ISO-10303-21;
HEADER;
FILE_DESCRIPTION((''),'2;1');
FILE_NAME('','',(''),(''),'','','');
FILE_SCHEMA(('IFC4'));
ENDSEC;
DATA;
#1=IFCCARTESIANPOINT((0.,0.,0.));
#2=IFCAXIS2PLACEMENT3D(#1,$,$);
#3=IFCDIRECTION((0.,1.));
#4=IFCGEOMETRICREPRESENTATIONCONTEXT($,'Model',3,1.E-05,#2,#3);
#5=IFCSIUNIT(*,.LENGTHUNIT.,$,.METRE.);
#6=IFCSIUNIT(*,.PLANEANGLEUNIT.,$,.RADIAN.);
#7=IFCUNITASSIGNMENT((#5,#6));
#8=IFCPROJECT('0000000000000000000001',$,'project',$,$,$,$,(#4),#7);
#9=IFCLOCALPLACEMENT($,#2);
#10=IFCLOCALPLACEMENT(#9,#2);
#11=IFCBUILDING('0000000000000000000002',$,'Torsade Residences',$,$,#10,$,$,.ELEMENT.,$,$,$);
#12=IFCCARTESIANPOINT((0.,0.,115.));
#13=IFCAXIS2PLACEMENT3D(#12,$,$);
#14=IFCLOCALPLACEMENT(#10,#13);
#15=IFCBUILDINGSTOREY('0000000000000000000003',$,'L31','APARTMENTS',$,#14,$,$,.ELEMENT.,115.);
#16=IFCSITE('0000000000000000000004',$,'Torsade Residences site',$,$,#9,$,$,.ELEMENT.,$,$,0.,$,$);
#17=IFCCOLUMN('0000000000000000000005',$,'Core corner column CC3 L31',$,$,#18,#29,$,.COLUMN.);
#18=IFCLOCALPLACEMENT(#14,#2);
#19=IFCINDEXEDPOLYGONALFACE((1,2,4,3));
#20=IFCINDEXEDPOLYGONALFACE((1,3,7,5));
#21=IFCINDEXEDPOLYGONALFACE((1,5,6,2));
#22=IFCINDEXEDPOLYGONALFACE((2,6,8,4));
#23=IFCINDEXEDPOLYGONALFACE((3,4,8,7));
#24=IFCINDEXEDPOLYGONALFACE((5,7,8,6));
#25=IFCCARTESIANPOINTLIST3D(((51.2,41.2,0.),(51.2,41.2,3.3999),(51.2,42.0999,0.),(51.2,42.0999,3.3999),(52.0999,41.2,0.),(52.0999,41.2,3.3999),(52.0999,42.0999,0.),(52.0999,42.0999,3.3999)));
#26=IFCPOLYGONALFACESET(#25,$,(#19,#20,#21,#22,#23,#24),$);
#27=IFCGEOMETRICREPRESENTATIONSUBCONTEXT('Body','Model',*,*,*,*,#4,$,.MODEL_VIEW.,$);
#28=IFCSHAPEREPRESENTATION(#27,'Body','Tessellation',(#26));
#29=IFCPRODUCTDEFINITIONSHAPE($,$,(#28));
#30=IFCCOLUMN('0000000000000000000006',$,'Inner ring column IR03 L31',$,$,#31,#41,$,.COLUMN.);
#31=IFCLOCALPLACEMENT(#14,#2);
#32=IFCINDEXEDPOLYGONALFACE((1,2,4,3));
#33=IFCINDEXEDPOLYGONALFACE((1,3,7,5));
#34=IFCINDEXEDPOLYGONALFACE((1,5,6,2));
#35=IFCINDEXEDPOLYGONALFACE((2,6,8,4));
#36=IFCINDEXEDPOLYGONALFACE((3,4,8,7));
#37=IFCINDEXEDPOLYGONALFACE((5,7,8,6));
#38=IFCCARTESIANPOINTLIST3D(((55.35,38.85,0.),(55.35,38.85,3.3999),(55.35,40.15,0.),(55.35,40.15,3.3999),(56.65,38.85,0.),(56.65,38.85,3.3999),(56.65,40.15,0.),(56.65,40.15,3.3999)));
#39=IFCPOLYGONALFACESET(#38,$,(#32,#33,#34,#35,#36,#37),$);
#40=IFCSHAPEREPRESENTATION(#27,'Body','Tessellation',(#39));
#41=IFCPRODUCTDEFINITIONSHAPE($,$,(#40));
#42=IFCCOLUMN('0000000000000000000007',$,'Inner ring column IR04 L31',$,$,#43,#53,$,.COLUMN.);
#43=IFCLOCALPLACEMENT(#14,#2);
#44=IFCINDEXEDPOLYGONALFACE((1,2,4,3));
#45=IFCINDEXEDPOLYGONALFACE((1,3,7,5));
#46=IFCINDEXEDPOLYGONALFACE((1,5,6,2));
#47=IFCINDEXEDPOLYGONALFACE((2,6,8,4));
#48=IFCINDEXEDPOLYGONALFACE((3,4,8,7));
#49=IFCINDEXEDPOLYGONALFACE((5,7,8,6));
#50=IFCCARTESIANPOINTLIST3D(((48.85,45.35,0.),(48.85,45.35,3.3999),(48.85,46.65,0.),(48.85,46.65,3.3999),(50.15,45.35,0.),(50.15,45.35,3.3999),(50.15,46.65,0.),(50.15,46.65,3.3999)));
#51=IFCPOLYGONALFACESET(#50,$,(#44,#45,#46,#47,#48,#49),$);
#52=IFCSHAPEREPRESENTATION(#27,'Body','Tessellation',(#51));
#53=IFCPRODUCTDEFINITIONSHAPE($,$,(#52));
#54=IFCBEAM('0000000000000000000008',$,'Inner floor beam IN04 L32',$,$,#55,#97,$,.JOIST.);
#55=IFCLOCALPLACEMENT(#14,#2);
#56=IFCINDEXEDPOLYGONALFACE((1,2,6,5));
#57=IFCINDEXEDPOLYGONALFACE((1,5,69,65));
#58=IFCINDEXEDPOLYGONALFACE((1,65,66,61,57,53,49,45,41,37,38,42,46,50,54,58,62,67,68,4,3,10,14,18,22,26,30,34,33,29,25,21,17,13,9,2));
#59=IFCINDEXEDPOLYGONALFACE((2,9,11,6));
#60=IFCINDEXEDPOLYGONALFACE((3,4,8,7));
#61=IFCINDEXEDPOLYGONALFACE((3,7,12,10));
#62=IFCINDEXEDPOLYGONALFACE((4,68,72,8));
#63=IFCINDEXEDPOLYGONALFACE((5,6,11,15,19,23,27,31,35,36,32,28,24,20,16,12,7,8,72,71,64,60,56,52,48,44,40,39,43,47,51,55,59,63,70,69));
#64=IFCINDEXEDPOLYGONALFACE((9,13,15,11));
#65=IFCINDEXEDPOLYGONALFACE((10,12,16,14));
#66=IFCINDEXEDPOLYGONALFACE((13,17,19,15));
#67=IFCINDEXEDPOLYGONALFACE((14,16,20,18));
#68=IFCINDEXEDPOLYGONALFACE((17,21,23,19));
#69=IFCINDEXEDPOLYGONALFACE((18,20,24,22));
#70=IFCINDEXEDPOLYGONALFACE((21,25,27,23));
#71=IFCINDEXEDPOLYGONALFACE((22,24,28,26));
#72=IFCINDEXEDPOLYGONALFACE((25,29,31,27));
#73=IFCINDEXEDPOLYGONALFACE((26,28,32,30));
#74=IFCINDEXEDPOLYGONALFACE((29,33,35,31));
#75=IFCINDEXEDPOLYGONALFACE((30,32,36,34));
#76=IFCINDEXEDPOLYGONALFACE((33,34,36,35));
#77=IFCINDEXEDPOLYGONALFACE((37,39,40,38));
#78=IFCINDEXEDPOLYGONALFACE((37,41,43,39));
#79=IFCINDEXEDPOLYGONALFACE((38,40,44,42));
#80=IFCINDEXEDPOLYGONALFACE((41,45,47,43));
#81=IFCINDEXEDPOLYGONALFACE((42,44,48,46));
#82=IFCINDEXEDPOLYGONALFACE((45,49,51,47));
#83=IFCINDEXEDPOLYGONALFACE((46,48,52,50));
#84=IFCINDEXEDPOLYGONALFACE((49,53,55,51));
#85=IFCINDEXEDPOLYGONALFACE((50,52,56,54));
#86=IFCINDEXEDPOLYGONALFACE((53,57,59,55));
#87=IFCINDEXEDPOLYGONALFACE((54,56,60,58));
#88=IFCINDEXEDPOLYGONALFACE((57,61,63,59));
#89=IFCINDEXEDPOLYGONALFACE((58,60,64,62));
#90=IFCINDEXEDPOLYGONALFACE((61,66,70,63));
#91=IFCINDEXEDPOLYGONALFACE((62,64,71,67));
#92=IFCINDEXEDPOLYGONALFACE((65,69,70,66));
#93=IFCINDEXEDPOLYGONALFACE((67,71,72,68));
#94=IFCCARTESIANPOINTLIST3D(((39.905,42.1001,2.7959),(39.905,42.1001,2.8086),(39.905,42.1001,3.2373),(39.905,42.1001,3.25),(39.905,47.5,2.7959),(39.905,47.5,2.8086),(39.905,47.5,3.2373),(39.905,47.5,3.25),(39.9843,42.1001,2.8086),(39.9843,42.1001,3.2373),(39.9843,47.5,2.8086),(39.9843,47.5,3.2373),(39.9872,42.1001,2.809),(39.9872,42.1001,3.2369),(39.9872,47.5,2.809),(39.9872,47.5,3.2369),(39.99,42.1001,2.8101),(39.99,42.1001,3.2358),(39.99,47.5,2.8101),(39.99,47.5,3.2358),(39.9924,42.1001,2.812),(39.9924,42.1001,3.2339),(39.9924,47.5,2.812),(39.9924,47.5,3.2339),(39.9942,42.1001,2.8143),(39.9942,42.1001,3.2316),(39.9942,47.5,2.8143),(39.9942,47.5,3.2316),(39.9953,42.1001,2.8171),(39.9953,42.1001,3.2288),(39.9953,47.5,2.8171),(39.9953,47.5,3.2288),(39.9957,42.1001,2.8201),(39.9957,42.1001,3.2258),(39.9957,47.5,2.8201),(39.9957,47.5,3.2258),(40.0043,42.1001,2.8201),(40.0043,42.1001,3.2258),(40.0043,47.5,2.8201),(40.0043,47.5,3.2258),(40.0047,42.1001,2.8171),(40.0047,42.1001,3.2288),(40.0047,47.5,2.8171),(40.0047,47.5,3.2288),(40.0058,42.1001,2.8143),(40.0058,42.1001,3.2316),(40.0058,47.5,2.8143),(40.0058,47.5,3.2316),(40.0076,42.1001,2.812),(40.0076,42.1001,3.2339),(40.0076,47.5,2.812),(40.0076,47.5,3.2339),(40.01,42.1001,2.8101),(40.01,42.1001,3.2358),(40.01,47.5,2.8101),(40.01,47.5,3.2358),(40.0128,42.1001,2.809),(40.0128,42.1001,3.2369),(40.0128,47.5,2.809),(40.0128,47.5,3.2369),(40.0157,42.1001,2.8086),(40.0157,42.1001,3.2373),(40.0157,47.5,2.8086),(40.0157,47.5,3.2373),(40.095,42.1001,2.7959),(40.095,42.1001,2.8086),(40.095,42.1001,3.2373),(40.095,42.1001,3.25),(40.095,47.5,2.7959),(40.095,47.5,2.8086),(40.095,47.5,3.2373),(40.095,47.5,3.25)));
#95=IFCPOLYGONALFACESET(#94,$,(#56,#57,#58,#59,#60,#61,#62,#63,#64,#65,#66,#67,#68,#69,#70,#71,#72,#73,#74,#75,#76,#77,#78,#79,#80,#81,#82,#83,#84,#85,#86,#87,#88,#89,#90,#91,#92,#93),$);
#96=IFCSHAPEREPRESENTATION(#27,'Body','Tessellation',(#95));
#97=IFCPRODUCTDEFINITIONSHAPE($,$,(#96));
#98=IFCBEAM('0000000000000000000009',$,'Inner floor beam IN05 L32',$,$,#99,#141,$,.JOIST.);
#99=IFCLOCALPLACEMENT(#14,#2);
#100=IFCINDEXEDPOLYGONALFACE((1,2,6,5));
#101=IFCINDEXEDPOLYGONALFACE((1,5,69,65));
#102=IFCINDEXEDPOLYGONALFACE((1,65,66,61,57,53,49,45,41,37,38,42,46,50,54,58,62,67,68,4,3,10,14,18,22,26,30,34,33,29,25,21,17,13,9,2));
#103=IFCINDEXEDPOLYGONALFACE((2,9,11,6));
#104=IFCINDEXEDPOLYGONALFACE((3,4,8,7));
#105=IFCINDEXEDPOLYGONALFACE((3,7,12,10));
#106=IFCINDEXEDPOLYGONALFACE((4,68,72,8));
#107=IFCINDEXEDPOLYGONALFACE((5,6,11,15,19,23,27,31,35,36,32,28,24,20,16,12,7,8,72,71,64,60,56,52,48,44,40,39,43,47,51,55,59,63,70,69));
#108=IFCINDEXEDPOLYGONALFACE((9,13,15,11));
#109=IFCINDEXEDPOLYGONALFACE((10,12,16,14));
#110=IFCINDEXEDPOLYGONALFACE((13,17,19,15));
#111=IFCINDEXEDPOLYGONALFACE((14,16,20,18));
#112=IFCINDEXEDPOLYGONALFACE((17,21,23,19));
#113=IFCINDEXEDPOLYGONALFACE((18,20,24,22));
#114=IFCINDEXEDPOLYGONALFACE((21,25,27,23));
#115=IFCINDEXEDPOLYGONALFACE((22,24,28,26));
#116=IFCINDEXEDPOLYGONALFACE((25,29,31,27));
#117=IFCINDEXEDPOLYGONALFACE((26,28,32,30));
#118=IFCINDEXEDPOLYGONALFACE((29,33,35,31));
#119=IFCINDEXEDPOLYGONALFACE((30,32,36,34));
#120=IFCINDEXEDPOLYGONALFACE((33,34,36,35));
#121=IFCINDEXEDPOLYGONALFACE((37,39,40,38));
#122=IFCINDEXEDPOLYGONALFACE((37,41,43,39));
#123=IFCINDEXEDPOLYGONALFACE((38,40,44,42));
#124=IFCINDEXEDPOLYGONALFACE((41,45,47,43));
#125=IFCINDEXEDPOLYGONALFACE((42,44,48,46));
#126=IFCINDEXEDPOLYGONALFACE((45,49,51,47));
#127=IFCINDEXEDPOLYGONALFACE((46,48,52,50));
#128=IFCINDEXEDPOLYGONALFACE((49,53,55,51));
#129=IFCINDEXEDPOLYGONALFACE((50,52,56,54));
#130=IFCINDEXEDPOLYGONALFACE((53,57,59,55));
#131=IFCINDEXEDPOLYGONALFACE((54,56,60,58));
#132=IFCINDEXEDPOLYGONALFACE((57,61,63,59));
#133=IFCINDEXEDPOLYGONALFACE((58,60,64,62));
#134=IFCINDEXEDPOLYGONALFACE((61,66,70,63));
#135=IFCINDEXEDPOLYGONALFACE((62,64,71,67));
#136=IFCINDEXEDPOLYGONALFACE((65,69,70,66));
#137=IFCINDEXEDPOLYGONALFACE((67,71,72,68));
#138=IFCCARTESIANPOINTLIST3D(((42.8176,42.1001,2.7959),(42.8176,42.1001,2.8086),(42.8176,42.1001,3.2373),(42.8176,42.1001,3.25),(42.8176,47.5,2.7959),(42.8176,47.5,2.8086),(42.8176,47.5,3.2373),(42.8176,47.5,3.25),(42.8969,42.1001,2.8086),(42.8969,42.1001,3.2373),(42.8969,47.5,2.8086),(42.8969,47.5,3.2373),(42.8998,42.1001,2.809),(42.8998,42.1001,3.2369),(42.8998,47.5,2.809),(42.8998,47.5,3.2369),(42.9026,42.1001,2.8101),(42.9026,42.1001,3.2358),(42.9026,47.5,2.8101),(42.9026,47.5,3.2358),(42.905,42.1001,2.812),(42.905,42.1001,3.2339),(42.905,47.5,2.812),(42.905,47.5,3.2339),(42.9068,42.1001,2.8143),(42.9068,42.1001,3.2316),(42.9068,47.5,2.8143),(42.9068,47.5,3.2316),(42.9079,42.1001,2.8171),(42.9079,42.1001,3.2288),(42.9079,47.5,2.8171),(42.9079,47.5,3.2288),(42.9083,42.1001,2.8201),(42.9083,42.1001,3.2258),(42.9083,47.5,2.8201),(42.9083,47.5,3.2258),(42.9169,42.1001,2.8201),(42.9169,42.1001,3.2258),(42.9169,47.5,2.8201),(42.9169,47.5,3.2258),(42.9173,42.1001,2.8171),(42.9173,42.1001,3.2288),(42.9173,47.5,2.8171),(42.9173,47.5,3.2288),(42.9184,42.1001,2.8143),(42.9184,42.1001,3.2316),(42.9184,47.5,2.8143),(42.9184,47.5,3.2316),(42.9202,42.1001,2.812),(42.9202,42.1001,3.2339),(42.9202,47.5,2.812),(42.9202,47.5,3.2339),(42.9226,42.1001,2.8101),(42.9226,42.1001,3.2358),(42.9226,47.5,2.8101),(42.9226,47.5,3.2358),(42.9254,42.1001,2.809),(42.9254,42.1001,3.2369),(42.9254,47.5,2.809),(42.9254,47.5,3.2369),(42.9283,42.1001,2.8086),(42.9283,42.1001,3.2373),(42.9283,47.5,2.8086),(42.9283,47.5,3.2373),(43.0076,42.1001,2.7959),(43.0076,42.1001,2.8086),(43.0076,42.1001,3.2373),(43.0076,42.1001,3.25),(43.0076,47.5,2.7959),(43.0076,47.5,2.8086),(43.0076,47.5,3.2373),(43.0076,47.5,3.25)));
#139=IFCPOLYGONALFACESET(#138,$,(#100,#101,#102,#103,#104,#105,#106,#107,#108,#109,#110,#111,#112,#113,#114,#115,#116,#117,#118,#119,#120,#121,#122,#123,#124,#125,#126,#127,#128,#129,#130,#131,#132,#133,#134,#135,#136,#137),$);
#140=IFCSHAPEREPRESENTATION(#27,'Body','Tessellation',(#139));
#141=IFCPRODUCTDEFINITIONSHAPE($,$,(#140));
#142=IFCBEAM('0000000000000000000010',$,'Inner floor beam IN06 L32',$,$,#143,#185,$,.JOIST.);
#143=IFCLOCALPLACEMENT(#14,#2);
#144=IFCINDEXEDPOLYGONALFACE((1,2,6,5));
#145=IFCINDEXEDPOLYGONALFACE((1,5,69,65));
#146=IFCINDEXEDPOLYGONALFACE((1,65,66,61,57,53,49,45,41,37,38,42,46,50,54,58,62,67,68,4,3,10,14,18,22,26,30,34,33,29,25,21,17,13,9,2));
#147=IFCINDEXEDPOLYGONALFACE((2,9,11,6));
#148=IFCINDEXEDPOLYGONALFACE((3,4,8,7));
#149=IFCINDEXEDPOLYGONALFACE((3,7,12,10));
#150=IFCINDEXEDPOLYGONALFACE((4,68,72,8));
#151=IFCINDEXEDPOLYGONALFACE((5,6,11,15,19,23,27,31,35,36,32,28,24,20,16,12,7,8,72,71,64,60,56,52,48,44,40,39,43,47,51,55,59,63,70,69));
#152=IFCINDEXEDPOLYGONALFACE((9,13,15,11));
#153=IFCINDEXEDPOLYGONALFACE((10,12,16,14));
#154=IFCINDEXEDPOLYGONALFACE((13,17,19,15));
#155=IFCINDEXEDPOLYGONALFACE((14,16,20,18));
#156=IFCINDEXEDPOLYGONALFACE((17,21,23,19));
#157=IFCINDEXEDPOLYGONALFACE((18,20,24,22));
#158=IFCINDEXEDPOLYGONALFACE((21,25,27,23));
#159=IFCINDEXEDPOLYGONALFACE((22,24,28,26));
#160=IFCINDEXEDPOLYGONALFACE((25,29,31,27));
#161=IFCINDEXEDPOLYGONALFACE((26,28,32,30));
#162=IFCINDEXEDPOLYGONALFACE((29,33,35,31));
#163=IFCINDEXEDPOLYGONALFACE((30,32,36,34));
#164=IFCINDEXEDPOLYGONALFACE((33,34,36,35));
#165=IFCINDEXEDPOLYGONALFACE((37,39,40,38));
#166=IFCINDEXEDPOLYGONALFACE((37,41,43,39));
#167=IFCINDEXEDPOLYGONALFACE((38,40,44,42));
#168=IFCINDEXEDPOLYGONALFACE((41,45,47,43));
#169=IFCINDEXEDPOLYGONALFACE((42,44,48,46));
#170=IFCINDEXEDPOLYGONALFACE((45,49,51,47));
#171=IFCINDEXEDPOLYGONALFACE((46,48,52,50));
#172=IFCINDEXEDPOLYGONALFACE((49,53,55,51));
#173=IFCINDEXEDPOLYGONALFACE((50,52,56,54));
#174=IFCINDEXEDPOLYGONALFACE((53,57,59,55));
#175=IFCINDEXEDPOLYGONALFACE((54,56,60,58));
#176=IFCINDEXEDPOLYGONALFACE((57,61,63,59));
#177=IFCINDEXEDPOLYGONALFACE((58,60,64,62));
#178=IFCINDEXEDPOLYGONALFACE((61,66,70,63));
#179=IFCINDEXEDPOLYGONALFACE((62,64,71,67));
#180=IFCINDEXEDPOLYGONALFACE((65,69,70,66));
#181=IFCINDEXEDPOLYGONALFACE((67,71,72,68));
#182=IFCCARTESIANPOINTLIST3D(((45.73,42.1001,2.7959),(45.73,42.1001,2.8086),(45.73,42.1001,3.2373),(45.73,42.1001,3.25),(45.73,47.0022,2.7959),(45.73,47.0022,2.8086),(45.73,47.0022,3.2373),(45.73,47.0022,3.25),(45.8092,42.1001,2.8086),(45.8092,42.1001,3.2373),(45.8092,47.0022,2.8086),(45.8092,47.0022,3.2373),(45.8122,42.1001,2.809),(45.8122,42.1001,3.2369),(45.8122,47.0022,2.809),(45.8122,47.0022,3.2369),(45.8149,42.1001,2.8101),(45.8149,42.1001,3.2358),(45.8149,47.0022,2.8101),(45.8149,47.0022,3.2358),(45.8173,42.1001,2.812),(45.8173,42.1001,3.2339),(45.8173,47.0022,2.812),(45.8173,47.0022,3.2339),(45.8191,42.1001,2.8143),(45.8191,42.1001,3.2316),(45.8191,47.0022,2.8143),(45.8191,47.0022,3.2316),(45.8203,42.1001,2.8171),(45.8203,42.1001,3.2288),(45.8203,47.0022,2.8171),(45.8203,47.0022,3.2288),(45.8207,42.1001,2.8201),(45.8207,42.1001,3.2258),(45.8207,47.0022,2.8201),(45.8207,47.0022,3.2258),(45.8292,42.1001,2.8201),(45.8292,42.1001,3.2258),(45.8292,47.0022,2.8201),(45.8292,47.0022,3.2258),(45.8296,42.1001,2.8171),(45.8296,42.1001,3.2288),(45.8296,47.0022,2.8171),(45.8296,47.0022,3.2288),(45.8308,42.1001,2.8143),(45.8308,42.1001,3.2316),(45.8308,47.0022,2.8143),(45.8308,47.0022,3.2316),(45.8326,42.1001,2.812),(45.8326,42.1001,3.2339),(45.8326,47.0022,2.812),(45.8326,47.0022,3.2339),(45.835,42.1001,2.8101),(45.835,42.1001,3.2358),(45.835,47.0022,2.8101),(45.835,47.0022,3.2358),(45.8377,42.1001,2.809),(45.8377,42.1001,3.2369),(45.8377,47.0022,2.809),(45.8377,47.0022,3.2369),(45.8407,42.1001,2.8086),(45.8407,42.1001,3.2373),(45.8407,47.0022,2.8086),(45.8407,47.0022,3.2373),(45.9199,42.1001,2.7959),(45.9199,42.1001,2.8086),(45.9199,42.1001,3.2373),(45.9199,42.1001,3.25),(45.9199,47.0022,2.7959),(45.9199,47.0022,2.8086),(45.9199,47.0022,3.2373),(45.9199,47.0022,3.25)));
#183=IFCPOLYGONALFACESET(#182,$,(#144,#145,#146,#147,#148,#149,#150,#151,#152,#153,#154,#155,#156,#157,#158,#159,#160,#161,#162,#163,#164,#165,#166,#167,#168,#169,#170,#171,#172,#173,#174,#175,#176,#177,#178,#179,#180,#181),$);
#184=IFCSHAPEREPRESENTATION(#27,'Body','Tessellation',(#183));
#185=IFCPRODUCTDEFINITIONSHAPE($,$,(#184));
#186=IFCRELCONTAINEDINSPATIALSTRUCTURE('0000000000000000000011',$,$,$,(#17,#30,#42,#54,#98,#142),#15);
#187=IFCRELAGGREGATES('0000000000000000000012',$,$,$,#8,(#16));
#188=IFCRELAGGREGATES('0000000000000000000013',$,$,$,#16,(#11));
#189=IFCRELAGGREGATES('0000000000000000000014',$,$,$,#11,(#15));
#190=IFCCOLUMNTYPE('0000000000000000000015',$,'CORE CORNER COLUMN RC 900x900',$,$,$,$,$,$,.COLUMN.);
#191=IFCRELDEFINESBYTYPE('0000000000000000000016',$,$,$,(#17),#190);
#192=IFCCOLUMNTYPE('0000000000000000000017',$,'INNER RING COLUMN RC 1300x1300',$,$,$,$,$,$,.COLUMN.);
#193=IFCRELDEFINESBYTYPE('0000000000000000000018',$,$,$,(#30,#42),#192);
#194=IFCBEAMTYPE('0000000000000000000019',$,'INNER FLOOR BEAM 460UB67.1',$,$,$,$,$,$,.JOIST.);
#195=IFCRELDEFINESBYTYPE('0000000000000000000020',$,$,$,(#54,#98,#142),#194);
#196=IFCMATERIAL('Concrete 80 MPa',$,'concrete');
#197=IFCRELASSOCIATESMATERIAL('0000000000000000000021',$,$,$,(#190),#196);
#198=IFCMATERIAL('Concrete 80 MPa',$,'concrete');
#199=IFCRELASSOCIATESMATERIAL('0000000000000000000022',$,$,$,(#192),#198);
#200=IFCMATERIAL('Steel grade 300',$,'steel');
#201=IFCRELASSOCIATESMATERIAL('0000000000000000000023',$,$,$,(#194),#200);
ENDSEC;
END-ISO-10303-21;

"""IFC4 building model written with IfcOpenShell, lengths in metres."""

from ifc_helpers import new_model, si_unit, direction, frame, origin, origin_2d, place, context, subcontext, project, spatial, rectangle, i_section, extrude, material, material_profile, profile_set, type_object, element, save


model = new_model("IFC4")

# Units and contexts
model_context = context("Model", 3, precision=1e-05, world=origin(), true_north=direction((0.0, 1.0)))
body_context = subcontext(model_context, "Body", "Model", "MODEL_VIEW")
ifc_project = project(units=[si_unit("LENGTHUNIT", "METRE"), si_unit("PLANEANGLEUNIT", "RADIAN")], contexts=[model_context])

# Site, building, storey
site_placement = place(None, origin())
site = spatial("IfcSite", under=ifc_project, at=site_placement, Name="Torsade Residences site", CompositionType="ELEMENT", RefElevation=0.0)
building_placement = place(site_placement, origin())
building = spatial("IfcBuilding", under=site, at=building_placement, Name="Torsade Residences", CompositionType="ELEMENT")
storey_placement = place(building_placement, frame((0.0, 0.0, 115.0)))
storey = spatial("IfcBuildingStorey", under=building, at=storey_placement, Name="L31", Description="APARTMENTS", CompositionType="ELEMENT", Elevation=115.0)

# Columns
ifc_material_1 = material(Name="Concrete 80 MPa", Category="concrete")
ifc_material_profile_1 = material_profile(ifc_material_1, rectangle(XDim=0.8999, YDim=0.8999, at=origin_2d()), Name="RC 900x900")
ifc_profile_set_1 = profile_set([ifc_material_profile_1], Name="Concrete 80 MPa")
column_type_1 = type_object("IfcColumnType", Name="CORE CORNER COLUMN RC 900x900", PredefinedType="COLUMN", material=ifc_profile_set_1)
column_placement = place(storey_placement, frame((51.6499, 41.6499, 0.0), z_axis=(0.0, 0.0, 1.0), x_axis=(1.0, 0.0, 0.0)))
element("IfcColumn", 1, at=column_placement, inside=storey, type_object=column_type_1, Name="Core corner column CC3 L31", PredefinedType="COLUMN", context=body_context, shape_type="SweptSolid", body=[
    extrude(rectangle(XDim=0.8999, YDim=0.8999, at=origin_2d()), origin(), (0.0, 0.0, 1.0), 3.3999),
])
ifc_material_2 = material(Name="Concrete 80 MPa", Category="concrete")
ifc_material_profile_2 = material_profile(ifc_material_2, rectangle(XDim=1.3, YDim=1.3, at=origin_2d()), Name="RC 1300x1300")
ifc_profile_set_2 = profile_set([ifc_material_profile_2], Name="Concrete 80 MPa")
column_type_2 = type_object("IfcColumnType", Name="INNER RING COLUMN RC 1300x1300", PredefinedType="COLUMN", material=ifc_profile_set_2)
for number, where, z_axis, x_axis, name in (
    (2, (56.0, 39.5, 0.0), (0.0, 0.0, 1.0), (1.0, 0.0, 0.0), "Inner ring column IR03 L31"),
    (3, (49.5, 46.0, 0.0), (0.0, 0.0, 1.0), (1.0, 0.0, 0.0), "Inner ring column IR04 L31"),
):
    element("IfcColumn", number, at=place(storey_placement, frame(where, z_axis=z_axis, x_axis=x_axis)), inside=storey, type_object=column_type_2, Name=name, PredefinedType="COLUMN", context=body_context, shape_type="SweptSolid", body=[
        extrude(rectangle(XDim=1.3, YDim=1.3, at=origin_2d()), origin(), (0.0, 0.0, 1.0), 3.3999),
    ])

# Beams
ifc_material_3 = material(Name="Steel grade 300", Category="steel")
ifc_material_profile_3 = material_profile(ifc_material_3, i_section(OverallWidth=0.1899, OverallDepth=0.4541, WebThickness=0.0085, FlangeThickness=0.0127, FilletRadius=0.0115, at=origin_2d()), Name="460UB67.1")
ifc_profile_set_3 = profile_set([ifc_material_profile_3], Name="Steel grade 300")
beam_type_1 = type_object("IfcBeamType", Name="INNER FLOOR BEAM 460UB67.1", PredefinedType="JOIST", material=ifc_profile_set_3)
for number, where, z_axis, x_axis, name in (
    (4, (40.0, 42.1001, 3.0229), (0.0, 1.0, 0.0), (-1.0, 0.0, 0.0), "Inner floor beam IN04 L32"),
    (5, (42.9126, 42.1001, 3.0229), (0.0, 1.0, 0.0), (-1.0, 0.0, 0.0), "Inner floor beam IN05 L32"),
):
    element("IfcBeam", number, at=place(storey_placement, frame(where, z_axis=z_axis, x_axis=x_axis)), inside=storey, type_object=beam_type_1, Name=name, PredefinedType="JOIST", context=body_context, shape_type="SweptSolid", body=[
        extrude(i_section(OverallWidth=0.1899, OverallDepth=0.4541, WebThickness=0.0085, FlangeThickness=0.0127, FilletRadius=0.0115, at=origin_2d()), origin(), (0.0, 0.0, 1.0), 5.3999),
    ])
beam_1_placement = place(storey_placement, frame((45.825, 42.1001, 3.0229), z_axis=(0.0, 1.0, 0.0), x_axis=(-1.0, 0.0, 0.0)))
element("IfcBeam", 6, at=beam_1_placement, inside=storey, type_object=beam_type_1, Name="Inner floor beam IN06 L32", PredefinedType="JOIST", context=body_context, shape_type="SweptSolid", body=[
    extrude(i_section(OverallWidth=0.1899, OverallDepth=0.4541, WebThickness=0.0085, FlangeThickness=0.0127, FilletRadius=0.0115, at=origin_2d()), origin(), (0.0, 0.0, 1.0), 4.9021),
])

save(model, "model.ifc")
